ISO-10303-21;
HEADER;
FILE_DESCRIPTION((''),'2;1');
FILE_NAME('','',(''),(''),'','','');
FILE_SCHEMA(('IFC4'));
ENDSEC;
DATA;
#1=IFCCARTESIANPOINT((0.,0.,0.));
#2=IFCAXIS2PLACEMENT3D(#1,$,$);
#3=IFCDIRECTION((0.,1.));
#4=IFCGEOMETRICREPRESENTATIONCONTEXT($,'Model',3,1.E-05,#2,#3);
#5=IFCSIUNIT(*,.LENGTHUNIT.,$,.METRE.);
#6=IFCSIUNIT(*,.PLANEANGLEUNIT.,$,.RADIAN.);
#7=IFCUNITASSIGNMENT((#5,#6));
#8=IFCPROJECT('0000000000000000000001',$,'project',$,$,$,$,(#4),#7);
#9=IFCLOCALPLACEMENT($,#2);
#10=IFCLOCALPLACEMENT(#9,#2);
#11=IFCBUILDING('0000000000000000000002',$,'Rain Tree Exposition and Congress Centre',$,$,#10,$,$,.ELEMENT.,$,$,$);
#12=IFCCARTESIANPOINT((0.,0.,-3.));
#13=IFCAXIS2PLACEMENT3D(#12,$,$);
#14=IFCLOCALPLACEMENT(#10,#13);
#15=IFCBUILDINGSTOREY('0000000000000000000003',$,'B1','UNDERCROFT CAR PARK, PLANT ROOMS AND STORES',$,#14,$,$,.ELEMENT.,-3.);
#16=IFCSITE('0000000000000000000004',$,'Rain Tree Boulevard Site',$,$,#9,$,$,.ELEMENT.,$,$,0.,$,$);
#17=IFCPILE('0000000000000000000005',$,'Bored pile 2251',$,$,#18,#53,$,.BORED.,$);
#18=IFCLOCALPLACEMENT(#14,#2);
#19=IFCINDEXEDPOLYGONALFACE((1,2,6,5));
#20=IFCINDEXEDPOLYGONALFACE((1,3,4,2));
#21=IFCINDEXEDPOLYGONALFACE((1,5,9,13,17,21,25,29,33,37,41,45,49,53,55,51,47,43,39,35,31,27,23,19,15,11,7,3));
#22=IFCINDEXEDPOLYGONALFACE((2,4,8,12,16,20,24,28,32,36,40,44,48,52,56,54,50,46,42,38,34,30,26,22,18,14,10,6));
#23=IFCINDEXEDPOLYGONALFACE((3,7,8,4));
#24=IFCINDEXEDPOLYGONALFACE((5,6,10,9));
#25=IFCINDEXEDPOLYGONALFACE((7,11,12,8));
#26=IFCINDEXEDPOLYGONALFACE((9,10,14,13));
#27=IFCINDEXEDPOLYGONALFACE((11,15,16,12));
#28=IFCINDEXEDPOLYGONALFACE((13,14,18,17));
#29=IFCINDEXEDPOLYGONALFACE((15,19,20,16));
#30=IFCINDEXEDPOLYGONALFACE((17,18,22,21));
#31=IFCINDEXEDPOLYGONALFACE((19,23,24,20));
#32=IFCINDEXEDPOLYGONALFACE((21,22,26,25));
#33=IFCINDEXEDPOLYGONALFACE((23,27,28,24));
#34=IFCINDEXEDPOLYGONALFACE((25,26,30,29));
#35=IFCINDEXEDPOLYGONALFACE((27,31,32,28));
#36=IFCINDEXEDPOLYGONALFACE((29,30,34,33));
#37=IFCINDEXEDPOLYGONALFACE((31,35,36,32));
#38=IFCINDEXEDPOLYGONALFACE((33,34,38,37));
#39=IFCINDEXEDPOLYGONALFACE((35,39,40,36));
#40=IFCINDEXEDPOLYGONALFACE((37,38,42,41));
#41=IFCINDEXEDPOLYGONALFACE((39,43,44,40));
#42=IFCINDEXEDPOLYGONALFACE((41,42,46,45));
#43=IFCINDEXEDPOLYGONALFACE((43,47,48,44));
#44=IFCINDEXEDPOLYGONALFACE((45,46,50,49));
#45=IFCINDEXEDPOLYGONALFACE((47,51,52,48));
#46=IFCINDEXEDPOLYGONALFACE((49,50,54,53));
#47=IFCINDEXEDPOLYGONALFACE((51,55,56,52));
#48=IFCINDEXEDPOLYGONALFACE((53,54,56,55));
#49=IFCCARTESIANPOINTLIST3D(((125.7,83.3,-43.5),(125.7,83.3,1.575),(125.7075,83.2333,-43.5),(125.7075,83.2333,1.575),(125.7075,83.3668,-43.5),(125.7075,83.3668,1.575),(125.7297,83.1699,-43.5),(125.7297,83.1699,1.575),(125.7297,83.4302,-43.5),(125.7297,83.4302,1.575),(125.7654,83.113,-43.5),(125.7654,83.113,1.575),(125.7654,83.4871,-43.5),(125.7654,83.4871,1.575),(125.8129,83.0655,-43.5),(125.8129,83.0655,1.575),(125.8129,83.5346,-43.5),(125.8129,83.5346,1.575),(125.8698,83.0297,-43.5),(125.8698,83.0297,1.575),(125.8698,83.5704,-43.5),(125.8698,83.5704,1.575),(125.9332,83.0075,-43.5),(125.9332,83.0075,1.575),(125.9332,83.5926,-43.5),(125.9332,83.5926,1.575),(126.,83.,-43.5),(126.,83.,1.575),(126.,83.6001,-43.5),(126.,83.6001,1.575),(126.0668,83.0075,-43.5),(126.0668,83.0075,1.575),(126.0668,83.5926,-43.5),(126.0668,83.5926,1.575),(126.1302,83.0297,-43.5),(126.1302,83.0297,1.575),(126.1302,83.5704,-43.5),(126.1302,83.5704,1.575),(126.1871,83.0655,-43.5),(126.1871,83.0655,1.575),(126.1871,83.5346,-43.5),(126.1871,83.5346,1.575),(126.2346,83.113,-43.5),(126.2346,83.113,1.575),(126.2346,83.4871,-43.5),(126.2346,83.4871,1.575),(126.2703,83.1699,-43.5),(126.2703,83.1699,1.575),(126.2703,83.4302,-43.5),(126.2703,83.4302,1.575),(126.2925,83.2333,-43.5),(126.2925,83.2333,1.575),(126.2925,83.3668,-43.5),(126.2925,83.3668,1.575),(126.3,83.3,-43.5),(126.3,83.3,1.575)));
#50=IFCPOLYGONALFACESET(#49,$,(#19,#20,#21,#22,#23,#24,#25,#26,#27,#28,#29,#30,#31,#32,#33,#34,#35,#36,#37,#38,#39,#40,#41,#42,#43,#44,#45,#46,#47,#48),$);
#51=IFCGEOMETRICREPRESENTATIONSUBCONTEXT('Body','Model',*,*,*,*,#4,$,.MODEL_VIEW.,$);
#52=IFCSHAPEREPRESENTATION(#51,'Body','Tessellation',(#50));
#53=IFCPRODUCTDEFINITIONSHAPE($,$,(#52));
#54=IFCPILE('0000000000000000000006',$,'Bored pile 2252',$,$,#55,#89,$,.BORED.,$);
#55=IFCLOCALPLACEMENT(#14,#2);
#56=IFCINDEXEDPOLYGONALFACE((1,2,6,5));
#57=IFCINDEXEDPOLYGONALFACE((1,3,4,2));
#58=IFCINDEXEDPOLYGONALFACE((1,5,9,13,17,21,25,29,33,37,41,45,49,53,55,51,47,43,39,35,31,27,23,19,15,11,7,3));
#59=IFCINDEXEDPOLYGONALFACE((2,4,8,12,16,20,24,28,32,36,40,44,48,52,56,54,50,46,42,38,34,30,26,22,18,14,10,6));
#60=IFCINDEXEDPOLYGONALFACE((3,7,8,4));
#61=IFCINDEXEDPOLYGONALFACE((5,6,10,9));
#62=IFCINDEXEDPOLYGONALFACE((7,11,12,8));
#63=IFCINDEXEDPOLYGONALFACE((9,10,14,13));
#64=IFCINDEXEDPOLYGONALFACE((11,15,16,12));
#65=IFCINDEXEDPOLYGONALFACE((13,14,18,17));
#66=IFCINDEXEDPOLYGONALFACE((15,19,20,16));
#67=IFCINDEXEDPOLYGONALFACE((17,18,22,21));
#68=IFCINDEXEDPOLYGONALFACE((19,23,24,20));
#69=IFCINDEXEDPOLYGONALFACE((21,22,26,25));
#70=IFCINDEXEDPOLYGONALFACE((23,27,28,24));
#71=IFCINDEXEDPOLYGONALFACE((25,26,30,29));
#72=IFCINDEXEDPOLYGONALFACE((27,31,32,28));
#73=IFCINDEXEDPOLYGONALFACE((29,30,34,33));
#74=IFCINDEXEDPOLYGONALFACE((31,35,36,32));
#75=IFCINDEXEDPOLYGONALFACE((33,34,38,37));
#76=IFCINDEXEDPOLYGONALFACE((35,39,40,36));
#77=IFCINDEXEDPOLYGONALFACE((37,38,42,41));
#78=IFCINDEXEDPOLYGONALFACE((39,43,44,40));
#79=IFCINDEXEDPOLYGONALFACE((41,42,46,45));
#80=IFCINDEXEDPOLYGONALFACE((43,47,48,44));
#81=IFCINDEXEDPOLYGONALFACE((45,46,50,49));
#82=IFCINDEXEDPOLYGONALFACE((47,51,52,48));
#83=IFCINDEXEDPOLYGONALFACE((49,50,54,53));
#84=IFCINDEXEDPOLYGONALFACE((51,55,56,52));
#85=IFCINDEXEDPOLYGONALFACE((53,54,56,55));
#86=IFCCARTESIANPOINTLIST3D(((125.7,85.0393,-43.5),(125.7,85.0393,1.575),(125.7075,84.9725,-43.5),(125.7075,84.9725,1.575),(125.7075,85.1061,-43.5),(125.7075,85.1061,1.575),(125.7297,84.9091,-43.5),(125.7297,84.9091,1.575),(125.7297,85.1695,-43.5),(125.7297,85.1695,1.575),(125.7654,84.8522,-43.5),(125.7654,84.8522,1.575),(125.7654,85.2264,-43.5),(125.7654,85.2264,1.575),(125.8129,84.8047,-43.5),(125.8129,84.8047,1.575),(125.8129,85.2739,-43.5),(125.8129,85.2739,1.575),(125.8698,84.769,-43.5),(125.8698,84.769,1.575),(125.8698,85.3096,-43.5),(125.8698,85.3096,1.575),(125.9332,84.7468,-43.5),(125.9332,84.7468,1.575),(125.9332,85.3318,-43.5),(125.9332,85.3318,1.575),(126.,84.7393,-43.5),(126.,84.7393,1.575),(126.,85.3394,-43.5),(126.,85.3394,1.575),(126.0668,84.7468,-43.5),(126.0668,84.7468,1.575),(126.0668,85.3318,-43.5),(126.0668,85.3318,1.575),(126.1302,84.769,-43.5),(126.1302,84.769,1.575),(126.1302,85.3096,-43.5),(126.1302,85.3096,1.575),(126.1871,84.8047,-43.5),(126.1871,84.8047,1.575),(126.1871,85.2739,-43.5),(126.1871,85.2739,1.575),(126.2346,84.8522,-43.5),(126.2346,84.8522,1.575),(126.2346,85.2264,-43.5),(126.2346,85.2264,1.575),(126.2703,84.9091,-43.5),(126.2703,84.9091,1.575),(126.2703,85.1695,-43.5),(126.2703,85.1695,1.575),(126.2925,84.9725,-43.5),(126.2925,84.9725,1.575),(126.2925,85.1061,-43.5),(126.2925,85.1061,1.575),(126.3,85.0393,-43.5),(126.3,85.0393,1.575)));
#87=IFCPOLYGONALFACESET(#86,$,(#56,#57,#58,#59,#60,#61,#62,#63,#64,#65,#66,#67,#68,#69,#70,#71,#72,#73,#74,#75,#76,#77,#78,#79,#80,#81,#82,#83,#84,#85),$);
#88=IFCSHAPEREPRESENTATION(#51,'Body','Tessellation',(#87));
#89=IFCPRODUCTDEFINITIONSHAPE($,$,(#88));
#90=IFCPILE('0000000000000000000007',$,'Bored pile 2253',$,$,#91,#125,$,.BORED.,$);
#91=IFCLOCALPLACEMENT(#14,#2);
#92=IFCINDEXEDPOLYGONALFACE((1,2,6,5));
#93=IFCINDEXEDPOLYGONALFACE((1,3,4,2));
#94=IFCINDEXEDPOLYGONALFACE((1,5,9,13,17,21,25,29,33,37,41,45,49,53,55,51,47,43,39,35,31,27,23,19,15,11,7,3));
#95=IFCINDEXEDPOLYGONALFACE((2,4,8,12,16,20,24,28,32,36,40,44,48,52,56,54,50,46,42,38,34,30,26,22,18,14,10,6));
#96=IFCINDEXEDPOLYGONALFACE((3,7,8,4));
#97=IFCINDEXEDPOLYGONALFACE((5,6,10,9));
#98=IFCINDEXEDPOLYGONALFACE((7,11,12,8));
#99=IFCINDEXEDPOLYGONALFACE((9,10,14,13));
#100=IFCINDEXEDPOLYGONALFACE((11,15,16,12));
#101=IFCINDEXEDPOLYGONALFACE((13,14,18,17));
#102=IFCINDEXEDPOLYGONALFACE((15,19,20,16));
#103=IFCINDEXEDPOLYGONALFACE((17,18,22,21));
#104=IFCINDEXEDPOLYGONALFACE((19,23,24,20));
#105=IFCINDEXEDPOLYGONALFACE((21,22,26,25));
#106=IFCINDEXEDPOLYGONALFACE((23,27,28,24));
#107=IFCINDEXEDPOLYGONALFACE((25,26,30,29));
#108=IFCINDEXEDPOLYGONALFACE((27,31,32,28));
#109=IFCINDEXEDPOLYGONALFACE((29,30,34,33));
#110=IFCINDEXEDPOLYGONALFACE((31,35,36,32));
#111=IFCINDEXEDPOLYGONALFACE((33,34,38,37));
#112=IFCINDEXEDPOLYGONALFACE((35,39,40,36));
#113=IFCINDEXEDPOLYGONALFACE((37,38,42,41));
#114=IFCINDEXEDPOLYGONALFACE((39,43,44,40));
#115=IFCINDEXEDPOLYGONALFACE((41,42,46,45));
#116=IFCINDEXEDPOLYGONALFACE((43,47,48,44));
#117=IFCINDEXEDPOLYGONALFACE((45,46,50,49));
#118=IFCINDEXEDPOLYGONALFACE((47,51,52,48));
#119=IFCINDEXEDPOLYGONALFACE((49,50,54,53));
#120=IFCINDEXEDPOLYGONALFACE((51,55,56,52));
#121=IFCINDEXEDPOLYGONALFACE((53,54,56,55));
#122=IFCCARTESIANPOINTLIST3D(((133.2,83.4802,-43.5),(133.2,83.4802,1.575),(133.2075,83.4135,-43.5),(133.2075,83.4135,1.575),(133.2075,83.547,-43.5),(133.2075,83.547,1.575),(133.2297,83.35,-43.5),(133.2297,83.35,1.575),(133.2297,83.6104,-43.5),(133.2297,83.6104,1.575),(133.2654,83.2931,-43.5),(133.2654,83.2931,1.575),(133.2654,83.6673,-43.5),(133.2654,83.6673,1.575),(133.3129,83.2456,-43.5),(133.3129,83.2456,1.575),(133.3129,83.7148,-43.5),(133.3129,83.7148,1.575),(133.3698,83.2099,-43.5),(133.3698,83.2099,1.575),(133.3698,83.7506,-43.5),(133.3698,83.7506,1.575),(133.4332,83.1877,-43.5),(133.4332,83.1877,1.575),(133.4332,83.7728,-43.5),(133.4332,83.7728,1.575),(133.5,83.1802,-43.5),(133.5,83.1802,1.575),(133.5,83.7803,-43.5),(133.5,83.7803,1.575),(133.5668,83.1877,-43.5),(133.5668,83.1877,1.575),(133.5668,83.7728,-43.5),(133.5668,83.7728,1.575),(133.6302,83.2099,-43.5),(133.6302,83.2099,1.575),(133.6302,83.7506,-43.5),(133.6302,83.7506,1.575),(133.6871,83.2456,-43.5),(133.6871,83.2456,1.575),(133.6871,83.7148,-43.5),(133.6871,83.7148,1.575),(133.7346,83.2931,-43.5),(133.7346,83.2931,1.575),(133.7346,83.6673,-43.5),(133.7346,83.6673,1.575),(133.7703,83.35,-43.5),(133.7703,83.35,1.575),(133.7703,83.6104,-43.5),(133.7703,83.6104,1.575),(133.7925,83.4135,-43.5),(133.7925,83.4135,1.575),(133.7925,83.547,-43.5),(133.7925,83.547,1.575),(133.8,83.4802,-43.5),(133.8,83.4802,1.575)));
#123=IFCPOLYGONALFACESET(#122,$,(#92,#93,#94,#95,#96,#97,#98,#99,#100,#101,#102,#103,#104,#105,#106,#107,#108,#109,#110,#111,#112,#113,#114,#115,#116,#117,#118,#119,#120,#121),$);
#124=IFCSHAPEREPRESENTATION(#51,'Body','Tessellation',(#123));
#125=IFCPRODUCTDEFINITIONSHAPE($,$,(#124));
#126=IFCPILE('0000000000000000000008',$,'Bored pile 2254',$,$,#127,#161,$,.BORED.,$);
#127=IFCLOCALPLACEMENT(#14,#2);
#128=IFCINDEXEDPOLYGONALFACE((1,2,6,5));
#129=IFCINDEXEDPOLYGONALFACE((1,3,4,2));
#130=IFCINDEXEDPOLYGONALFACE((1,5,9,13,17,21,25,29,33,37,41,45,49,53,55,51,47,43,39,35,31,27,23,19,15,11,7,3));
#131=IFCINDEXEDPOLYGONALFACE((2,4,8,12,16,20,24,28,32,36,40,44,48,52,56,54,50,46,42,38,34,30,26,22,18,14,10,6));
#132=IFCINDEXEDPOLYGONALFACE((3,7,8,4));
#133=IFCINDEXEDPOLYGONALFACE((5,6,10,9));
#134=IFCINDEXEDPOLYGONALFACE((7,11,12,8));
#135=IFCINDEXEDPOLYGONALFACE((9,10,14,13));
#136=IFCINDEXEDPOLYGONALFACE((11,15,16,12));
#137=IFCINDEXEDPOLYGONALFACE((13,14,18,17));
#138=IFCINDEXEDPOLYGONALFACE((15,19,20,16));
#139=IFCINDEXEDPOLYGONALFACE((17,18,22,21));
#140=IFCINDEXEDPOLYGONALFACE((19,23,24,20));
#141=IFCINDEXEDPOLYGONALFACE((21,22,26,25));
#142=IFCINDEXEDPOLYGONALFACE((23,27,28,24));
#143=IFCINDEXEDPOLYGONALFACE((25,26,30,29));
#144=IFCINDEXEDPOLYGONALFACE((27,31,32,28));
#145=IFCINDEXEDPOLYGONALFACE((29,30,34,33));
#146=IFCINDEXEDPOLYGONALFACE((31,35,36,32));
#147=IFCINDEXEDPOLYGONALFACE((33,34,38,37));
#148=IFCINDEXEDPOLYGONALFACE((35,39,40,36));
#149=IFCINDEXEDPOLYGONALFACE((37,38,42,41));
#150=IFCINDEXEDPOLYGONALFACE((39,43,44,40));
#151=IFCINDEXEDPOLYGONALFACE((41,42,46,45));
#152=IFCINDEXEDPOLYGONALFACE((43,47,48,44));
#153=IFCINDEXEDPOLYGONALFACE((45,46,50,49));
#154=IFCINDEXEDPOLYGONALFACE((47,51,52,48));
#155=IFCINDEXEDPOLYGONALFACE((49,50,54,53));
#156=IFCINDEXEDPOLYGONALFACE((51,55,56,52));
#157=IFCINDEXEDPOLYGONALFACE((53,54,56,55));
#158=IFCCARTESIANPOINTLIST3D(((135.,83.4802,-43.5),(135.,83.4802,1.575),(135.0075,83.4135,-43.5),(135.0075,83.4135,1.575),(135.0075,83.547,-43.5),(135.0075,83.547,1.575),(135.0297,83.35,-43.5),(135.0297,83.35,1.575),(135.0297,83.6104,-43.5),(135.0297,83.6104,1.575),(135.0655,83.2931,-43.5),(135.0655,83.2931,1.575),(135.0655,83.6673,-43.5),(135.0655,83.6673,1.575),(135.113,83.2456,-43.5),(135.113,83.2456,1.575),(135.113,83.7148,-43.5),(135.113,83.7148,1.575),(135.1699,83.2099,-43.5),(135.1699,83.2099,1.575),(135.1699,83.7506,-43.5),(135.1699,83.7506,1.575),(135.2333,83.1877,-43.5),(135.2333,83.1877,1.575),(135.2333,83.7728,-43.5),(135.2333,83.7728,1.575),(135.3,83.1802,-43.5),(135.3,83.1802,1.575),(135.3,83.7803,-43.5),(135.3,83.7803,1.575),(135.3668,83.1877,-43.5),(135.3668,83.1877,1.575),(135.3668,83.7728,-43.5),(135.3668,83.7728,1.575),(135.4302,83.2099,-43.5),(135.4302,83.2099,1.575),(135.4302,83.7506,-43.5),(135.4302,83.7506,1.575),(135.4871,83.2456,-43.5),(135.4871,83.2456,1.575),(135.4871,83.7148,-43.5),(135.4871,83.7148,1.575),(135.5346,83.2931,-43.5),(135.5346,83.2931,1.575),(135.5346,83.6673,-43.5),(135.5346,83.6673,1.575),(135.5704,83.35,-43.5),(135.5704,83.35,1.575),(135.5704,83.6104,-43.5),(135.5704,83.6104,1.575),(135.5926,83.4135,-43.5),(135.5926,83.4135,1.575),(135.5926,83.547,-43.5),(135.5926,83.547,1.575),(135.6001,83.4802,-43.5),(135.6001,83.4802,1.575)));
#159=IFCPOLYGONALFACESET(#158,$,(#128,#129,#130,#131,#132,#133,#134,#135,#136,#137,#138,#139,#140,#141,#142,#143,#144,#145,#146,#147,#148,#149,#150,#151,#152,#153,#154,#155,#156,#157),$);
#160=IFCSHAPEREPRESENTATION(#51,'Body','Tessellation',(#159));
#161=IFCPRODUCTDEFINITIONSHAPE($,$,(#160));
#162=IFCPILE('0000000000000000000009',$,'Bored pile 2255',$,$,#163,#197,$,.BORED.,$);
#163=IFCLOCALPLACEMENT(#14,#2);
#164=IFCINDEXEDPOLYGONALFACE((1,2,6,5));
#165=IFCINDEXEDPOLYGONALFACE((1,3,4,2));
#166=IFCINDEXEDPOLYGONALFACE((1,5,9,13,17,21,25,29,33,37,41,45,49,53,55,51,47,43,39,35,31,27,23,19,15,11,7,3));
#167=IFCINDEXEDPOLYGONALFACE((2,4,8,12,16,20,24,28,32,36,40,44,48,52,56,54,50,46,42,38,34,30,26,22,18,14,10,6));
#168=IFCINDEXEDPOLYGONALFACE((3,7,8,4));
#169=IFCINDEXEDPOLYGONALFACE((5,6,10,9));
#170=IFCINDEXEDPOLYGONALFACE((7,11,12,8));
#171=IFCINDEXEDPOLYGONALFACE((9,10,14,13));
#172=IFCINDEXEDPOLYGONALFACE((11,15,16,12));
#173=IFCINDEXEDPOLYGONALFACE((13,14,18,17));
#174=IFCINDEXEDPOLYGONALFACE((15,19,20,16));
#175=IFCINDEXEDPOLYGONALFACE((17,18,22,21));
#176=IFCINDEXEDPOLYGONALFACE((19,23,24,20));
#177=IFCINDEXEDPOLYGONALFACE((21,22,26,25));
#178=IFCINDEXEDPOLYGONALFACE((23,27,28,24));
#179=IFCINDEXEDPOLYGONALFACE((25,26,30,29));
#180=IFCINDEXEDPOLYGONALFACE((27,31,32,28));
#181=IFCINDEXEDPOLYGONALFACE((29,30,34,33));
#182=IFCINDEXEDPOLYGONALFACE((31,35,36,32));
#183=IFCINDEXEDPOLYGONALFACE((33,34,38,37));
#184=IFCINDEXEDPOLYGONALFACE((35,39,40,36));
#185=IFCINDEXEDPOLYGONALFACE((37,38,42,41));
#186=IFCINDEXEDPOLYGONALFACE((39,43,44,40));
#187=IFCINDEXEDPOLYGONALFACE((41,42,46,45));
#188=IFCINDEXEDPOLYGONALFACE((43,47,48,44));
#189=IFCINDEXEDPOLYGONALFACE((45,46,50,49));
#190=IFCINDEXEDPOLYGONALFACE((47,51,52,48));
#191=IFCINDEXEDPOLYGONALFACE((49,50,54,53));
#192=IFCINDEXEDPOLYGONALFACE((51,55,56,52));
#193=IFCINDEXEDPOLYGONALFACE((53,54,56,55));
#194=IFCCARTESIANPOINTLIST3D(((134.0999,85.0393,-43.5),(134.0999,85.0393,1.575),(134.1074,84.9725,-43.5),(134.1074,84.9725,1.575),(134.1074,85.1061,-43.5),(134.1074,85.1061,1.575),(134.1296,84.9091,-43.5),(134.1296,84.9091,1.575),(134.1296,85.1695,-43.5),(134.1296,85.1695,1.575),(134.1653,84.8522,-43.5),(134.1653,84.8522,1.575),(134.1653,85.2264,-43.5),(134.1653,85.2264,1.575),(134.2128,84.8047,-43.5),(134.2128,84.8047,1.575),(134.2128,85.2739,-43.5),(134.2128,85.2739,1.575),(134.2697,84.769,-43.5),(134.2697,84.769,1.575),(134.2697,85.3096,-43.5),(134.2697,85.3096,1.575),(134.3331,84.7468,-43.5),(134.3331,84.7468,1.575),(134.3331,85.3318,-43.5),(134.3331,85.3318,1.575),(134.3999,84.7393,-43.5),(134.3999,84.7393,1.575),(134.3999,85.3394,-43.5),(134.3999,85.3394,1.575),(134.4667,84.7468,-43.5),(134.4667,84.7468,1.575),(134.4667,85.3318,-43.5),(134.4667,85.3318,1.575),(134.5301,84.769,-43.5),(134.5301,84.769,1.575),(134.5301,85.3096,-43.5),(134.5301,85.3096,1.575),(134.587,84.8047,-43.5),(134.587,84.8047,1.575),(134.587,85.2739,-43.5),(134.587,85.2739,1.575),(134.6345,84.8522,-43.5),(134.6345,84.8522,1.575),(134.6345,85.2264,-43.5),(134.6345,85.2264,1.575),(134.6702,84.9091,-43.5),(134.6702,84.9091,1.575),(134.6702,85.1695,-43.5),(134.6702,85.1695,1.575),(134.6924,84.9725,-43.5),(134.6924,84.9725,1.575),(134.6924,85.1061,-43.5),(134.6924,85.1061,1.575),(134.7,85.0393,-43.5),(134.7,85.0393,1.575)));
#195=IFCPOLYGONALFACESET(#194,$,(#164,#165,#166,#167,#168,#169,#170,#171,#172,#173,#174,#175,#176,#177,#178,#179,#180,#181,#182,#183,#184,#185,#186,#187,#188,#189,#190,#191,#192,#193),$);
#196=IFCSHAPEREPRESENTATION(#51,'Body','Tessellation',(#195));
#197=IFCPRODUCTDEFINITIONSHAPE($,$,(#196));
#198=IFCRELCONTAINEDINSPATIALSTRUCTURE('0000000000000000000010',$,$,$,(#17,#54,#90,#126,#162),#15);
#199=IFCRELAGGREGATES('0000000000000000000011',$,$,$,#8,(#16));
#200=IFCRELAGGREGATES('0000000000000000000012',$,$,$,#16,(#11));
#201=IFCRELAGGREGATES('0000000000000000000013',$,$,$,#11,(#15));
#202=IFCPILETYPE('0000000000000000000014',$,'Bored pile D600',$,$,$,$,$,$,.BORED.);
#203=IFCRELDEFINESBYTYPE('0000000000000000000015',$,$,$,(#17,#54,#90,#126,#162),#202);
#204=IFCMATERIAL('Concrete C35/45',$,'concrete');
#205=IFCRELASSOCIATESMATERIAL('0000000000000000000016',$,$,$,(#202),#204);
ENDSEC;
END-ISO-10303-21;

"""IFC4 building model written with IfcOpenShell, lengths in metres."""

from ifc_helpers import new_model, si_unit, direction, frame, origin, origin_2d, place, context, subcontext, project, spatial, circle, extrude, material, material_profile, profile_set, type_object, element, save


model = new_model("IFC4")

# Units and contexts
model_context = context("Model", 3, precision=1e-05, world=origin(), true_north=direction((0.0, 1.0)))
body_context = subcontext(model_context, "Body", "Model", "MODEL_VIEW")
ifc_project = project(units=[si_unit("LENGTHUNIT", "METRE"), si_unit("PLANEANGLEUNIT", "RADIAN")], contexts=[model_context])

# Site, building, storey
site_placement = place(None, origin())
site = spatial("IfcSite", under=ifc_project, at=site_placement, Name="Rain Tree Boulevard Site", CompositionType="ELEMENT", RefElevation=0.0)
building_placement = place(site_placement, origin())
building = spatial("IfcBuilding", under=site, at=building_placement, Name="Rain Tree Exposition and Congress Centre", CompositionType="ELEMENT")
storey_placement = place(building_placement, frame((0.0, 0.0, -3.0)))
storey = spatial("IfcBuildingStorey", under=building, at=storey_placement, Name="B1", Description="UNDERCROFT CAR PARK, PLANT ROOMS AND STORES", CompositionType="ELEMENT", Elevation=-3.0)

# Piles
ifc_material_1 = material(Name="Concrete C35/45", Category="concrete")
ifc_material_profile_1 = material_profile(ifc_material_1, circle(Radius=0.3, at=origin_2d()), Name="D600")
ifc_profile_set_1 = profile_set([ifc_material_profile_1], Name="Concrete C35/45")
pile_type_1 = type_object("IfcPileType", Name="Bored pile D600", PredefinedType="BORED", material=ifc_profile_set_1)
for number, where, z_axis, x_axis, name in (
    (1, (126.0, 83.3, 1.575), (0.0, 0.0, -1.0), (1.0, 0.0, 0.0), "Bored pile 2251"),
    (2, (126.0, 85.0393, 1.575), (0.0, 0.0, -1.0), (1.0, 0.0, 0.0), "Bored pile 2252"),
    (3, (133.5, 83.4802, 1.575), (0.0, 0.0, -1.0), (1.0, 0.0, 0.0), "Bored pile 2253"),
    (4, (135.3, 83.4802, 1.575), (0.0, 0.0, -1.0), (1.0, 0.0, 0.0), "Bored pile 2254"),
    (5, (134.3999, 85.0393, 1.575), (0.0, 0.0, -1.0), (1.0, 0.0, 0.0), "Bored pile 2255"),
):
    element("IfcPile", number, at=place(storey_placement, frame(where, z_axis=z_axis, x_axis=x_axis)), inside=storey, type_object=pile_type_1, Name=name, PredefinedType="BORED", context=body_context, shape_type="SweptSolid", body=[
        extrude(circle(Radius=0.3, at=origin_2d()), origin(), (0.0, 0.0, 1.0), 45.075),
    ])

save(model, "model.ifc")
